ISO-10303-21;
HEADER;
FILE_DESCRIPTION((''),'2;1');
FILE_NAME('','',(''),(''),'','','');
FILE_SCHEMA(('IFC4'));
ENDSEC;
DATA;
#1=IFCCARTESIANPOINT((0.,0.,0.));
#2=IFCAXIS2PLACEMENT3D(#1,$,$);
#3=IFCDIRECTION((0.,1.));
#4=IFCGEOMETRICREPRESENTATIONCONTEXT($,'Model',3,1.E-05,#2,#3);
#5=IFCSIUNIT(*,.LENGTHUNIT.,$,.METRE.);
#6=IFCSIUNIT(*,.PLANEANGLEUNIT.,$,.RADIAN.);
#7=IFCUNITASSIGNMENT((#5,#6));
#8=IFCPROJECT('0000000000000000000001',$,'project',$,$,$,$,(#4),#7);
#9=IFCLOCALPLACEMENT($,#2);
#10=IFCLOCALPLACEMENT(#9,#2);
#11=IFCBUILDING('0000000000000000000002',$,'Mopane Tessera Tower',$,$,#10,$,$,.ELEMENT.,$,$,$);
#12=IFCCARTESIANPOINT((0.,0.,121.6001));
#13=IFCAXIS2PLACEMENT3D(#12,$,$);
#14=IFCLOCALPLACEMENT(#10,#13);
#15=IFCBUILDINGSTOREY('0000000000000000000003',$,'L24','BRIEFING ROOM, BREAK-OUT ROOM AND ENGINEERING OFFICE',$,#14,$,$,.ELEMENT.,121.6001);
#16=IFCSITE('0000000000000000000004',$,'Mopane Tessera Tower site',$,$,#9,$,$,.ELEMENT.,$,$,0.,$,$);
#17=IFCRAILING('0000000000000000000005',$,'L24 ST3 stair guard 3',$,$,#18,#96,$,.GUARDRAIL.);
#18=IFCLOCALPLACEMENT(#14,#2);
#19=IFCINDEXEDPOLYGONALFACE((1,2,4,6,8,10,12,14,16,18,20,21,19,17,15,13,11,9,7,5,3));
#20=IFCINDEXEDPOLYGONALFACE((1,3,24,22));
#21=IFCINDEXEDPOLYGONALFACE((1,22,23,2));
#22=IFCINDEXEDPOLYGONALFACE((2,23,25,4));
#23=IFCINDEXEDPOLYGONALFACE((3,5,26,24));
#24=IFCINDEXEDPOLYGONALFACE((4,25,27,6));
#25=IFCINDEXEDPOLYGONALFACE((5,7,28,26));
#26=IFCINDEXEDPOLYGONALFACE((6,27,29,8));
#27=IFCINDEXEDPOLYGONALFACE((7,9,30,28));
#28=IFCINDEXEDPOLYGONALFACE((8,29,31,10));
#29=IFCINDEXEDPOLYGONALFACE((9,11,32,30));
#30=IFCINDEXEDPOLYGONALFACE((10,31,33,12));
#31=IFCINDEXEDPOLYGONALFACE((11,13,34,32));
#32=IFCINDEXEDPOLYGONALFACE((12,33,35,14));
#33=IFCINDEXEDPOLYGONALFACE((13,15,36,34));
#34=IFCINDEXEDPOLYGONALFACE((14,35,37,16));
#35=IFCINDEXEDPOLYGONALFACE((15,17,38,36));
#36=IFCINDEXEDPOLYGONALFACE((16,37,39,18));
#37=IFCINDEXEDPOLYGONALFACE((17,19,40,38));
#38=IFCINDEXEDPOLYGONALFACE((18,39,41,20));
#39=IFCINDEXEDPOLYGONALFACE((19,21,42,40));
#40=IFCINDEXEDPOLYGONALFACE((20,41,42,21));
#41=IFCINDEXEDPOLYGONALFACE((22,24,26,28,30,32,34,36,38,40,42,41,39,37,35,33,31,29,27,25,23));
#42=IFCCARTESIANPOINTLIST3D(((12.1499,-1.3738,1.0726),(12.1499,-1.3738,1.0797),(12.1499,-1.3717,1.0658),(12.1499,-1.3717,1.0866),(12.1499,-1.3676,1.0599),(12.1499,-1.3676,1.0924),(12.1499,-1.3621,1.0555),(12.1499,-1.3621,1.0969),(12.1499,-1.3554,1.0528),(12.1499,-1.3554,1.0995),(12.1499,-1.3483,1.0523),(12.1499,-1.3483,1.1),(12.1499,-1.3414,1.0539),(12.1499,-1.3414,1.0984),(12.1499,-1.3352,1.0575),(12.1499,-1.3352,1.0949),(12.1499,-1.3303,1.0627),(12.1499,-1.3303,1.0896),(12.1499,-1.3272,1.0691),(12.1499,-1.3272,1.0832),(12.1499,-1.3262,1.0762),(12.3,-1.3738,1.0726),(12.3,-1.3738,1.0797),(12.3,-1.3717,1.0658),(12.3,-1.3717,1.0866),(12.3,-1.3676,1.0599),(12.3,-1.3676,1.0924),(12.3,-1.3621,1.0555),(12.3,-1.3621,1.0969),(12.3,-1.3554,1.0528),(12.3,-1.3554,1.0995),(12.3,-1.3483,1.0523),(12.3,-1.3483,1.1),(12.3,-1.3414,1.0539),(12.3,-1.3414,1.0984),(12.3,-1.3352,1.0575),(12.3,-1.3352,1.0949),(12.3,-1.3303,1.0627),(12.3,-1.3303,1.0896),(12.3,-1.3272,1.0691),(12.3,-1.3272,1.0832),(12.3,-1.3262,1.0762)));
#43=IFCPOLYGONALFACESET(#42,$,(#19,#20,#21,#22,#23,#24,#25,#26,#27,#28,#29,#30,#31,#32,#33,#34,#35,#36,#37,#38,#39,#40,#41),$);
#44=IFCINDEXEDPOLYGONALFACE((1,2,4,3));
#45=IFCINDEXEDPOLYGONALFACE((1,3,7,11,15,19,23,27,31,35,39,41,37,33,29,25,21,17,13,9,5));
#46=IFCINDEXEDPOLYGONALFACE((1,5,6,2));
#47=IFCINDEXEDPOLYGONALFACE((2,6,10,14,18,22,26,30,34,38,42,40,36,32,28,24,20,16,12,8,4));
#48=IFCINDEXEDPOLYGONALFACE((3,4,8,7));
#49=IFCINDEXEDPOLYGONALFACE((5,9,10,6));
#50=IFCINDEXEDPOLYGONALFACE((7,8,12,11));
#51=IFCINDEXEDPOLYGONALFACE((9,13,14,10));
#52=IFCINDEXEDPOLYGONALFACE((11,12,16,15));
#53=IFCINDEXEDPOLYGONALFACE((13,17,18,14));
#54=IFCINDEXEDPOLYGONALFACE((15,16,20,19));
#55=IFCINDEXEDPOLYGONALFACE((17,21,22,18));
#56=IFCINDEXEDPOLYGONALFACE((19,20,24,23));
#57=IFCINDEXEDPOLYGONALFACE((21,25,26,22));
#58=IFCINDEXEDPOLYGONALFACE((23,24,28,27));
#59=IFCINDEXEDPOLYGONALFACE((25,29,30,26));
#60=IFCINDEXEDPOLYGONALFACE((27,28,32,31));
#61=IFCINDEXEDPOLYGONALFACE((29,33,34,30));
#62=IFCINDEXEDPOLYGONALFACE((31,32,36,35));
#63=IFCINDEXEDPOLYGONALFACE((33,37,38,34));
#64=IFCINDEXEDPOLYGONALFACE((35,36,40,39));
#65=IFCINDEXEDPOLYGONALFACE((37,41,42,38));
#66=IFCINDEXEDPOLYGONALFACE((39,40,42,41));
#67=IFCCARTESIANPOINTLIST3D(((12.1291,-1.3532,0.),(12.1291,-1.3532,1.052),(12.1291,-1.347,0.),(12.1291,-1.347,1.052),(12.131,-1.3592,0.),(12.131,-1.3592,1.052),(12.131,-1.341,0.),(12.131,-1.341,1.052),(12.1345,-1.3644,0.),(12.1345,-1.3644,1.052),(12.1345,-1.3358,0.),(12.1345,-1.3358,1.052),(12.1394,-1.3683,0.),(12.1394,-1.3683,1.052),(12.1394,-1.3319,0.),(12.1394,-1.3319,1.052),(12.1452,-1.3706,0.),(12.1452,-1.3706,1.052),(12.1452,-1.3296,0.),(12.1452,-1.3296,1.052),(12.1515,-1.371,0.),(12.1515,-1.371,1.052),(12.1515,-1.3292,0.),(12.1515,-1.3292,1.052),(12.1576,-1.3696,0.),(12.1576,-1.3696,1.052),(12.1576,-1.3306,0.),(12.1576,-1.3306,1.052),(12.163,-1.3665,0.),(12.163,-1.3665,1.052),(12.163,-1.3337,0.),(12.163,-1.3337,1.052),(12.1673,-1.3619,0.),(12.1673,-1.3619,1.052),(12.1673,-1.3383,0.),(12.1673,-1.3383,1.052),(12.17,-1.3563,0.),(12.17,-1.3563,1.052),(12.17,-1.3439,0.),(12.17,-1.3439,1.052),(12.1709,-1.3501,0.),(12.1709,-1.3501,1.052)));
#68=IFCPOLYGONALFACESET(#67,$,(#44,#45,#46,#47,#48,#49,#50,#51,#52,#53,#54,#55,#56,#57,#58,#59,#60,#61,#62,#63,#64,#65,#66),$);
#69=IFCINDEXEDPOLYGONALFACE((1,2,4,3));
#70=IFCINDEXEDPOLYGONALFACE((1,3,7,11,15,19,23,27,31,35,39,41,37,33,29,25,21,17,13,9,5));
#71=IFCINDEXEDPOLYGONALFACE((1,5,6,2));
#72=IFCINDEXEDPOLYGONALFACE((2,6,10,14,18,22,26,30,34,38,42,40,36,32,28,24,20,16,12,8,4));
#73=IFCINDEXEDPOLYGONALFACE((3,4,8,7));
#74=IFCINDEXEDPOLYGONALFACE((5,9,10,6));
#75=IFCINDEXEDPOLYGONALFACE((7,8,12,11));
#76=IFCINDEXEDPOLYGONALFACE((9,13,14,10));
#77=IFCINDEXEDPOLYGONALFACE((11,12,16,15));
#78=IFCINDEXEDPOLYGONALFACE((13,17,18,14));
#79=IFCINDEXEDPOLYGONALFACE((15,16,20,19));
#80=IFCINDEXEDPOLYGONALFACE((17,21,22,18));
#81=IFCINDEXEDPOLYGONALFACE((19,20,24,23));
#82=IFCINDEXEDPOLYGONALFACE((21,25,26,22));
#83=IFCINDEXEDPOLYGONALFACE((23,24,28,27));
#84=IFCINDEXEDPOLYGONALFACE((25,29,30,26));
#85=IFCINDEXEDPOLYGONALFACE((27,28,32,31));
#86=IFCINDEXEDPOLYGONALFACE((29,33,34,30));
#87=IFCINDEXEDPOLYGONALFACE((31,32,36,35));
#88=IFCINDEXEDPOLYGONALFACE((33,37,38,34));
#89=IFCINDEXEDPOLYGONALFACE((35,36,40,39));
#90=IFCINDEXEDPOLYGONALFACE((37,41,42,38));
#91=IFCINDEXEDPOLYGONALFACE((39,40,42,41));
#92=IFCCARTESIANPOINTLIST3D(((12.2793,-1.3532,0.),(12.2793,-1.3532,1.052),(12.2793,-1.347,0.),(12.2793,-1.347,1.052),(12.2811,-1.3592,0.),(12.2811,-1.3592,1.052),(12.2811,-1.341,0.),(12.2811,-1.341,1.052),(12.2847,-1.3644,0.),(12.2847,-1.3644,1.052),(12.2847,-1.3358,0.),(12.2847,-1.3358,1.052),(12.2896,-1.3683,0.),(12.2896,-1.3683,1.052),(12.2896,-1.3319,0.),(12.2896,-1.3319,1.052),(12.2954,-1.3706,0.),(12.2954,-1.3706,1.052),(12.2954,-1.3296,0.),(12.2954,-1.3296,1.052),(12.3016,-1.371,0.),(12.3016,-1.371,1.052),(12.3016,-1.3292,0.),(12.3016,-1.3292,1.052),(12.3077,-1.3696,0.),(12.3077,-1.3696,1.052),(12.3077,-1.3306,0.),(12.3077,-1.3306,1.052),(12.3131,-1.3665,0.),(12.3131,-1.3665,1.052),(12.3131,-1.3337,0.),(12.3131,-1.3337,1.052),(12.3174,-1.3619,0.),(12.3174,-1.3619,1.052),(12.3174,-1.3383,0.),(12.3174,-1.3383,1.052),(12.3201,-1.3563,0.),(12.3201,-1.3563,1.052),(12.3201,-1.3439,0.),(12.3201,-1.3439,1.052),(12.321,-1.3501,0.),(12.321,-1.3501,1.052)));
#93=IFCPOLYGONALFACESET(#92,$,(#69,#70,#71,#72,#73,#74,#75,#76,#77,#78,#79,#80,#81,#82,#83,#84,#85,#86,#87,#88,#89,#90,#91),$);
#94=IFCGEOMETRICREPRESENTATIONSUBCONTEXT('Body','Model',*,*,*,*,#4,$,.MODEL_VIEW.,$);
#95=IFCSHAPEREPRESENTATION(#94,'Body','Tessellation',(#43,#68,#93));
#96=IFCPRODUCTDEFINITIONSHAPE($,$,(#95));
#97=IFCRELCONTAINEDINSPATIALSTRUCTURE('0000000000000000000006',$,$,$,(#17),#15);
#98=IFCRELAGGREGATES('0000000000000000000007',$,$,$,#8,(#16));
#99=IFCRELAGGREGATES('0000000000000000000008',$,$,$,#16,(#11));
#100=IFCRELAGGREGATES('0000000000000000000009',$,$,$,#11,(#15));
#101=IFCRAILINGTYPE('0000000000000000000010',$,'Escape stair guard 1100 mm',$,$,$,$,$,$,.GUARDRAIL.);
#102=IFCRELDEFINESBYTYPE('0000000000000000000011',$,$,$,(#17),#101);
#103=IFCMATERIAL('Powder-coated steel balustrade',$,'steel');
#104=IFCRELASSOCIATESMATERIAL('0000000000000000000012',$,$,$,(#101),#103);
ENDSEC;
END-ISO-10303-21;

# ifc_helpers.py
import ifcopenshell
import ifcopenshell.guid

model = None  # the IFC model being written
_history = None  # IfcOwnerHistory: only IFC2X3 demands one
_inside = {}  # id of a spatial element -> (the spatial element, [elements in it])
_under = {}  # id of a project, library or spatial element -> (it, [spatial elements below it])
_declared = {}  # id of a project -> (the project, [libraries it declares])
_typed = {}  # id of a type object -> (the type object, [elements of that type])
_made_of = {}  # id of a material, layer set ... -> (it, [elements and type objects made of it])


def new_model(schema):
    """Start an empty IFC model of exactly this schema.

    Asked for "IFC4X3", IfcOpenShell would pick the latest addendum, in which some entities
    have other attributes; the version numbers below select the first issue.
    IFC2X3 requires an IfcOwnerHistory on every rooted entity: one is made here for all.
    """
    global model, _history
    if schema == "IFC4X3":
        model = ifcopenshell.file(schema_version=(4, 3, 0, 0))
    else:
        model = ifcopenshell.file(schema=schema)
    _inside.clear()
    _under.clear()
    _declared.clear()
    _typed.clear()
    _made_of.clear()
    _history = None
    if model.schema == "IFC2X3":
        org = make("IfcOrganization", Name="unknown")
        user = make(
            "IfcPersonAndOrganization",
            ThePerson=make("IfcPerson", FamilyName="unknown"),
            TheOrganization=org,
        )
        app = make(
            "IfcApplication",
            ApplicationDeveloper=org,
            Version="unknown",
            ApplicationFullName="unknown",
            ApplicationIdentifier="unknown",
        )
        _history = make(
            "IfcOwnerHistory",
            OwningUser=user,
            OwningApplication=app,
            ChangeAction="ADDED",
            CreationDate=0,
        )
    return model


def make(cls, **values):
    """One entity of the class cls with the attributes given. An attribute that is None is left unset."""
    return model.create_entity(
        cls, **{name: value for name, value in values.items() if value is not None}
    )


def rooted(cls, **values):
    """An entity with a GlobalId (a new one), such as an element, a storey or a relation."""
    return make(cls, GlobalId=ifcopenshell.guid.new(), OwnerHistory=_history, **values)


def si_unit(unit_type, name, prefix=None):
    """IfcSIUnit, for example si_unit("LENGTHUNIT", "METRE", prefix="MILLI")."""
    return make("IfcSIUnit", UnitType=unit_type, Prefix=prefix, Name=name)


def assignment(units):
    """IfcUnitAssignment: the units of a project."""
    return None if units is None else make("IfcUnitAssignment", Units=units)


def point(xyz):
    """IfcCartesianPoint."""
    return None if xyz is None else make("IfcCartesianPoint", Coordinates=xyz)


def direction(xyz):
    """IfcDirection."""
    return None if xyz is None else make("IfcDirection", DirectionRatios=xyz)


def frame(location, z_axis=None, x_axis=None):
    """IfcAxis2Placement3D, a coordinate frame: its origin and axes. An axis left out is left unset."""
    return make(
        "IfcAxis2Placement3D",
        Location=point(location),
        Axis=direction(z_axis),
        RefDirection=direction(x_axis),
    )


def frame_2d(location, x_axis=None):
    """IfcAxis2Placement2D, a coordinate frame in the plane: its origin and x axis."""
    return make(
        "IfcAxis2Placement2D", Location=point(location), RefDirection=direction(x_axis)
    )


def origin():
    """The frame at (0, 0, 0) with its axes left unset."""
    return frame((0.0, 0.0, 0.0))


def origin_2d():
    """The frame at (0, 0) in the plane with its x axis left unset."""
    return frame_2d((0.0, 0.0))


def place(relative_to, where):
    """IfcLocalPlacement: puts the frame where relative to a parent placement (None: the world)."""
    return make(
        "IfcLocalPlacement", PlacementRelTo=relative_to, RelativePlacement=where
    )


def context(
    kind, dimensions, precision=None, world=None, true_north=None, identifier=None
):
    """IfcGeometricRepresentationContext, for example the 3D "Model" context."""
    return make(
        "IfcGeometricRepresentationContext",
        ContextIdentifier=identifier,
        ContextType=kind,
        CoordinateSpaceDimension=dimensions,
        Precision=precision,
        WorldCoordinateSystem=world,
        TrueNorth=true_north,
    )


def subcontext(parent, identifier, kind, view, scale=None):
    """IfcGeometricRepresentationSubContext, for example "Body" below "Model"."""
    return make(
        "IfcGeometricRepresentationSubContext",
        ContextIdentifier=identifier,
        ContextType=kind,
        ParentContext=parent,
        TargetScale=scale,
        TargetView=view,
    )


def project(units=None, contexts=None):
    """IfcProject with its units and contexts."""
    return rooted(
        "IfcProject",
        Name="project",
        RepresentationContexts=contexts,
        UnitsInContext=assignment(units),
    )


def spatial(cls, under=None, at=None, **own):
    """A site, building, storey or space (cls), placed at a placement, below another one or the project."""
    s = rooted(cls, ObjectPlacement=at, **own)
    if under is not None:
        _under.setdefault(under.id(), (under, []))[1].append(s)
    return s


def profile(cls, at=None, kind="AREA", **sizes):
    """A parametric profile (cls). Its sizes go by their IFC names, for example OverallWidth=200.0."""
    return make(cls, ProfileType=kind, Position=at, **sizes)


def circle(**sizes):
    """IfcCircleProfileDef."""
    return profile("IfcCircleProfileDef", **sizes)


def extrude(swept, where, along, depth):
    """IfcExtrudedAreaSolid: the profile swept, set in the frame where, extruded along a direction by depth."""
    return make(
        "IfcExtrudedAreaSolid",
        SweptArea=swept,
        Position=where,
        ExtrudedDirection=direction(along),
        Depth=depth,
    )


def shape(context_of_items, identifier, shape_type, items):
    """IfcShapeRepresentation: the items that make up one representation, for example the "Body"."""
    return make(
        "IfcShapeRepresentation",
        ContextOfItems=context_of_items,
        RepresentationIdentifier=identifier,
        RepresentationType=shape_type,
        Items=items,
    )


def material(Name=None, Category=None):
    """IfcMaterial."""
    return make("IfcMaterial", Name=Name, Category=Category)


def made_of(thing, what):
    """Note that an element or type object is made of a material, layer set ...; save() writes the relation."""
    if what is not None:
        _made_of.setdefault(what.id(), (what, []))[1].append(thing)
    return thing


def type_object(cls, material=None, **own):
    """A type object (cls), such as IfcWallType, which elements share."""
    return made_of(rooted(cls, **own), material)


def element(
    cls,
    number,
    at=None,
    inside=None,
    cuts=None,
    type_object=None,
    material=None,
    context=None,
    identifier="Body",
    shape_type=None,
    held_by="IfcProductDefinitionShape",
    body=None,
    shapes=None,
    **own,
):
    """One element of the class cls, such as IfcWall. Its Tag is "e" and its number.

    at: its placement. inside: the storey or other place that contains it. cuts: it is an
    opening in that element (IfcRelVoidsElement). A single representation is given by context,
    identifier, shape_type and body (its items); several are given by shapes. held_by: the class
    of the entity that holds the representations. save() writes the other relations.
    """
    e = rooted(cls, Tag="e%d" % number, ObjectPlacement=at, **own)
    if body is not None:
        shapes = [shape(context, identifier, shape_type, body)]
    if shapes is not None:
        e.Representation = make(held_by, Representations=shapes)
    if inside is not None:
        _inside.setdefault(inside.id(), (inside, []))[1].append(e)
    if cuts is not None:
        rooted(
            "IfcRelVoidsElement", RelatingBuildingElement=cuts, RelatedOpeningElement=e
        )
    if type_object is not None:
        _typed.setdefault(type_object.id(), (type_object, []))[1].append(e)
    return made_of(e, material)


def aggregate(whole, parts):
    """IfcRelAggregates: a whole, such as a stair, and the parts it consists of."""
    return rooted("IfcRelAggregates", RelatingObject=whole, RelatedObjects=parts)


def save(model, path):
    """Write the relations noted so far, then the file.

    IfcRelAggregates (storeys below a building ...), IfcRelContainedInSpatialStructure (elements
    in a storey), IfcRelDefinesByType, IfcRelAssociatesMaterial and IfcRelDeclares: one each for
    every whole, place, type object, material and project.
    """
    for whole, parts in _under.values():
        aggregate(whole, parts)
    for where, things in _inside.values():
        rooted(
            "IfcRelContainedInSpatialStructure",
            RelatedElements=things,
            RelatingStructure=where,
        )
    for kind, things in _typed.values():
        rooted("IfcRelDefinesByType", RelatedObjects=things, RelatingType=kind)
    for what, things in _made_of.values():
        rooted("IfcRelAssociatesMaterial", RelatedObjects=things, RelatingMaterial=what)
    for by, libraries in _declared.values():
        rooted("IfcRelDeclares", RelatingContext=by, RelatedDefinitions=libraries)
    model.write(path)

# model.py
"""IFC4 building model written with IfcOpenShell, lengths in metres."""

from ifc_helpers import new_model, si_unit, direction, frame, origin, origin_2d, place, context, subcontext, project, spatial, circle, extrude, material, type_object, element, save


model = new_model("IFC4")

# Units and contexts
model_context = context("Model", 3, precision=1e-05, world=origin(), true_north=direction((0.0, 1.0)))
body_context = subcontext(model_context, "Body", "Model", "MODEL_VIEW")
ifc_project = project(units=[si_unit("LENGTHUNIT", "METRE"), si_unit("PLANEANGLEUNIT", "RADIAN")], contexts=[model_context])

# Site, building, storey
site_placement = place(None, origin())
site = spatial("IfcSite", under=ifc_project, at=site_placement, Name="Mopane Tessera Tower site", CompositionType="ELEMENT", RefElevation=0.0)
building_placement = place(site_placement, origin())
building = spatial("IfcBuilding", under=site, at=building_placement, Name="Mopane Tessera Tower", CompositionType="ELEMENT")
storey_placement = place(building_placement, frame((0.0, 0.0, 121.6001)))
storey = spatial("IfcBuildingStorey", under=building, at=storey_placement, Name="L24", Description="BRIEFING ROOM, BREAK-OUT ROOM AND ENGINEERING OFFICE", CompositionType="ELEMENT", Elevation=121.6001)

# Railing
ifc_material_1 = material(Name="Powder-coated steel balustrade", Category="steel")
railing_type_1 = type_object("IfcRailingType", Name="Escape stair guard 1100 mm", PredefinedType="GUARDRAIL", material=ifc_material_1)
railing_1_placement = place(storey_placement, frame((12.1499, -1.3501, 0.0)))
element("IfcRailing", 1, at=railing_1_placement, inside=storey, type_object=railing_type_1, Name="L24 ST3 stair guard 3", PredefinedType="GUARDRAIL", context=body_context, shape_type="SweptSolid", body=[
    extrude(circle(Radius=0.0239, at=origin_2d()), frame((0.0, 0.0, 1.0762), z_axis=(1.0, 0.0, 0.0), x_axis=(0.0, 1.0, 0.0)), (0.0, 0.0, 1.0), 0.1501),
    extrude(circle(Radius=0.021, at=origin_2d()), origin(), (0.0, 0.0, 1.0), 1.052),
    extrude(circle(Radius=0.021, at=origin_2d()), frame((0.1501, 0.0, 0.0)), (0.0, 0.0, 1.0), 1.052),
])

save(model, "model.ifc")
